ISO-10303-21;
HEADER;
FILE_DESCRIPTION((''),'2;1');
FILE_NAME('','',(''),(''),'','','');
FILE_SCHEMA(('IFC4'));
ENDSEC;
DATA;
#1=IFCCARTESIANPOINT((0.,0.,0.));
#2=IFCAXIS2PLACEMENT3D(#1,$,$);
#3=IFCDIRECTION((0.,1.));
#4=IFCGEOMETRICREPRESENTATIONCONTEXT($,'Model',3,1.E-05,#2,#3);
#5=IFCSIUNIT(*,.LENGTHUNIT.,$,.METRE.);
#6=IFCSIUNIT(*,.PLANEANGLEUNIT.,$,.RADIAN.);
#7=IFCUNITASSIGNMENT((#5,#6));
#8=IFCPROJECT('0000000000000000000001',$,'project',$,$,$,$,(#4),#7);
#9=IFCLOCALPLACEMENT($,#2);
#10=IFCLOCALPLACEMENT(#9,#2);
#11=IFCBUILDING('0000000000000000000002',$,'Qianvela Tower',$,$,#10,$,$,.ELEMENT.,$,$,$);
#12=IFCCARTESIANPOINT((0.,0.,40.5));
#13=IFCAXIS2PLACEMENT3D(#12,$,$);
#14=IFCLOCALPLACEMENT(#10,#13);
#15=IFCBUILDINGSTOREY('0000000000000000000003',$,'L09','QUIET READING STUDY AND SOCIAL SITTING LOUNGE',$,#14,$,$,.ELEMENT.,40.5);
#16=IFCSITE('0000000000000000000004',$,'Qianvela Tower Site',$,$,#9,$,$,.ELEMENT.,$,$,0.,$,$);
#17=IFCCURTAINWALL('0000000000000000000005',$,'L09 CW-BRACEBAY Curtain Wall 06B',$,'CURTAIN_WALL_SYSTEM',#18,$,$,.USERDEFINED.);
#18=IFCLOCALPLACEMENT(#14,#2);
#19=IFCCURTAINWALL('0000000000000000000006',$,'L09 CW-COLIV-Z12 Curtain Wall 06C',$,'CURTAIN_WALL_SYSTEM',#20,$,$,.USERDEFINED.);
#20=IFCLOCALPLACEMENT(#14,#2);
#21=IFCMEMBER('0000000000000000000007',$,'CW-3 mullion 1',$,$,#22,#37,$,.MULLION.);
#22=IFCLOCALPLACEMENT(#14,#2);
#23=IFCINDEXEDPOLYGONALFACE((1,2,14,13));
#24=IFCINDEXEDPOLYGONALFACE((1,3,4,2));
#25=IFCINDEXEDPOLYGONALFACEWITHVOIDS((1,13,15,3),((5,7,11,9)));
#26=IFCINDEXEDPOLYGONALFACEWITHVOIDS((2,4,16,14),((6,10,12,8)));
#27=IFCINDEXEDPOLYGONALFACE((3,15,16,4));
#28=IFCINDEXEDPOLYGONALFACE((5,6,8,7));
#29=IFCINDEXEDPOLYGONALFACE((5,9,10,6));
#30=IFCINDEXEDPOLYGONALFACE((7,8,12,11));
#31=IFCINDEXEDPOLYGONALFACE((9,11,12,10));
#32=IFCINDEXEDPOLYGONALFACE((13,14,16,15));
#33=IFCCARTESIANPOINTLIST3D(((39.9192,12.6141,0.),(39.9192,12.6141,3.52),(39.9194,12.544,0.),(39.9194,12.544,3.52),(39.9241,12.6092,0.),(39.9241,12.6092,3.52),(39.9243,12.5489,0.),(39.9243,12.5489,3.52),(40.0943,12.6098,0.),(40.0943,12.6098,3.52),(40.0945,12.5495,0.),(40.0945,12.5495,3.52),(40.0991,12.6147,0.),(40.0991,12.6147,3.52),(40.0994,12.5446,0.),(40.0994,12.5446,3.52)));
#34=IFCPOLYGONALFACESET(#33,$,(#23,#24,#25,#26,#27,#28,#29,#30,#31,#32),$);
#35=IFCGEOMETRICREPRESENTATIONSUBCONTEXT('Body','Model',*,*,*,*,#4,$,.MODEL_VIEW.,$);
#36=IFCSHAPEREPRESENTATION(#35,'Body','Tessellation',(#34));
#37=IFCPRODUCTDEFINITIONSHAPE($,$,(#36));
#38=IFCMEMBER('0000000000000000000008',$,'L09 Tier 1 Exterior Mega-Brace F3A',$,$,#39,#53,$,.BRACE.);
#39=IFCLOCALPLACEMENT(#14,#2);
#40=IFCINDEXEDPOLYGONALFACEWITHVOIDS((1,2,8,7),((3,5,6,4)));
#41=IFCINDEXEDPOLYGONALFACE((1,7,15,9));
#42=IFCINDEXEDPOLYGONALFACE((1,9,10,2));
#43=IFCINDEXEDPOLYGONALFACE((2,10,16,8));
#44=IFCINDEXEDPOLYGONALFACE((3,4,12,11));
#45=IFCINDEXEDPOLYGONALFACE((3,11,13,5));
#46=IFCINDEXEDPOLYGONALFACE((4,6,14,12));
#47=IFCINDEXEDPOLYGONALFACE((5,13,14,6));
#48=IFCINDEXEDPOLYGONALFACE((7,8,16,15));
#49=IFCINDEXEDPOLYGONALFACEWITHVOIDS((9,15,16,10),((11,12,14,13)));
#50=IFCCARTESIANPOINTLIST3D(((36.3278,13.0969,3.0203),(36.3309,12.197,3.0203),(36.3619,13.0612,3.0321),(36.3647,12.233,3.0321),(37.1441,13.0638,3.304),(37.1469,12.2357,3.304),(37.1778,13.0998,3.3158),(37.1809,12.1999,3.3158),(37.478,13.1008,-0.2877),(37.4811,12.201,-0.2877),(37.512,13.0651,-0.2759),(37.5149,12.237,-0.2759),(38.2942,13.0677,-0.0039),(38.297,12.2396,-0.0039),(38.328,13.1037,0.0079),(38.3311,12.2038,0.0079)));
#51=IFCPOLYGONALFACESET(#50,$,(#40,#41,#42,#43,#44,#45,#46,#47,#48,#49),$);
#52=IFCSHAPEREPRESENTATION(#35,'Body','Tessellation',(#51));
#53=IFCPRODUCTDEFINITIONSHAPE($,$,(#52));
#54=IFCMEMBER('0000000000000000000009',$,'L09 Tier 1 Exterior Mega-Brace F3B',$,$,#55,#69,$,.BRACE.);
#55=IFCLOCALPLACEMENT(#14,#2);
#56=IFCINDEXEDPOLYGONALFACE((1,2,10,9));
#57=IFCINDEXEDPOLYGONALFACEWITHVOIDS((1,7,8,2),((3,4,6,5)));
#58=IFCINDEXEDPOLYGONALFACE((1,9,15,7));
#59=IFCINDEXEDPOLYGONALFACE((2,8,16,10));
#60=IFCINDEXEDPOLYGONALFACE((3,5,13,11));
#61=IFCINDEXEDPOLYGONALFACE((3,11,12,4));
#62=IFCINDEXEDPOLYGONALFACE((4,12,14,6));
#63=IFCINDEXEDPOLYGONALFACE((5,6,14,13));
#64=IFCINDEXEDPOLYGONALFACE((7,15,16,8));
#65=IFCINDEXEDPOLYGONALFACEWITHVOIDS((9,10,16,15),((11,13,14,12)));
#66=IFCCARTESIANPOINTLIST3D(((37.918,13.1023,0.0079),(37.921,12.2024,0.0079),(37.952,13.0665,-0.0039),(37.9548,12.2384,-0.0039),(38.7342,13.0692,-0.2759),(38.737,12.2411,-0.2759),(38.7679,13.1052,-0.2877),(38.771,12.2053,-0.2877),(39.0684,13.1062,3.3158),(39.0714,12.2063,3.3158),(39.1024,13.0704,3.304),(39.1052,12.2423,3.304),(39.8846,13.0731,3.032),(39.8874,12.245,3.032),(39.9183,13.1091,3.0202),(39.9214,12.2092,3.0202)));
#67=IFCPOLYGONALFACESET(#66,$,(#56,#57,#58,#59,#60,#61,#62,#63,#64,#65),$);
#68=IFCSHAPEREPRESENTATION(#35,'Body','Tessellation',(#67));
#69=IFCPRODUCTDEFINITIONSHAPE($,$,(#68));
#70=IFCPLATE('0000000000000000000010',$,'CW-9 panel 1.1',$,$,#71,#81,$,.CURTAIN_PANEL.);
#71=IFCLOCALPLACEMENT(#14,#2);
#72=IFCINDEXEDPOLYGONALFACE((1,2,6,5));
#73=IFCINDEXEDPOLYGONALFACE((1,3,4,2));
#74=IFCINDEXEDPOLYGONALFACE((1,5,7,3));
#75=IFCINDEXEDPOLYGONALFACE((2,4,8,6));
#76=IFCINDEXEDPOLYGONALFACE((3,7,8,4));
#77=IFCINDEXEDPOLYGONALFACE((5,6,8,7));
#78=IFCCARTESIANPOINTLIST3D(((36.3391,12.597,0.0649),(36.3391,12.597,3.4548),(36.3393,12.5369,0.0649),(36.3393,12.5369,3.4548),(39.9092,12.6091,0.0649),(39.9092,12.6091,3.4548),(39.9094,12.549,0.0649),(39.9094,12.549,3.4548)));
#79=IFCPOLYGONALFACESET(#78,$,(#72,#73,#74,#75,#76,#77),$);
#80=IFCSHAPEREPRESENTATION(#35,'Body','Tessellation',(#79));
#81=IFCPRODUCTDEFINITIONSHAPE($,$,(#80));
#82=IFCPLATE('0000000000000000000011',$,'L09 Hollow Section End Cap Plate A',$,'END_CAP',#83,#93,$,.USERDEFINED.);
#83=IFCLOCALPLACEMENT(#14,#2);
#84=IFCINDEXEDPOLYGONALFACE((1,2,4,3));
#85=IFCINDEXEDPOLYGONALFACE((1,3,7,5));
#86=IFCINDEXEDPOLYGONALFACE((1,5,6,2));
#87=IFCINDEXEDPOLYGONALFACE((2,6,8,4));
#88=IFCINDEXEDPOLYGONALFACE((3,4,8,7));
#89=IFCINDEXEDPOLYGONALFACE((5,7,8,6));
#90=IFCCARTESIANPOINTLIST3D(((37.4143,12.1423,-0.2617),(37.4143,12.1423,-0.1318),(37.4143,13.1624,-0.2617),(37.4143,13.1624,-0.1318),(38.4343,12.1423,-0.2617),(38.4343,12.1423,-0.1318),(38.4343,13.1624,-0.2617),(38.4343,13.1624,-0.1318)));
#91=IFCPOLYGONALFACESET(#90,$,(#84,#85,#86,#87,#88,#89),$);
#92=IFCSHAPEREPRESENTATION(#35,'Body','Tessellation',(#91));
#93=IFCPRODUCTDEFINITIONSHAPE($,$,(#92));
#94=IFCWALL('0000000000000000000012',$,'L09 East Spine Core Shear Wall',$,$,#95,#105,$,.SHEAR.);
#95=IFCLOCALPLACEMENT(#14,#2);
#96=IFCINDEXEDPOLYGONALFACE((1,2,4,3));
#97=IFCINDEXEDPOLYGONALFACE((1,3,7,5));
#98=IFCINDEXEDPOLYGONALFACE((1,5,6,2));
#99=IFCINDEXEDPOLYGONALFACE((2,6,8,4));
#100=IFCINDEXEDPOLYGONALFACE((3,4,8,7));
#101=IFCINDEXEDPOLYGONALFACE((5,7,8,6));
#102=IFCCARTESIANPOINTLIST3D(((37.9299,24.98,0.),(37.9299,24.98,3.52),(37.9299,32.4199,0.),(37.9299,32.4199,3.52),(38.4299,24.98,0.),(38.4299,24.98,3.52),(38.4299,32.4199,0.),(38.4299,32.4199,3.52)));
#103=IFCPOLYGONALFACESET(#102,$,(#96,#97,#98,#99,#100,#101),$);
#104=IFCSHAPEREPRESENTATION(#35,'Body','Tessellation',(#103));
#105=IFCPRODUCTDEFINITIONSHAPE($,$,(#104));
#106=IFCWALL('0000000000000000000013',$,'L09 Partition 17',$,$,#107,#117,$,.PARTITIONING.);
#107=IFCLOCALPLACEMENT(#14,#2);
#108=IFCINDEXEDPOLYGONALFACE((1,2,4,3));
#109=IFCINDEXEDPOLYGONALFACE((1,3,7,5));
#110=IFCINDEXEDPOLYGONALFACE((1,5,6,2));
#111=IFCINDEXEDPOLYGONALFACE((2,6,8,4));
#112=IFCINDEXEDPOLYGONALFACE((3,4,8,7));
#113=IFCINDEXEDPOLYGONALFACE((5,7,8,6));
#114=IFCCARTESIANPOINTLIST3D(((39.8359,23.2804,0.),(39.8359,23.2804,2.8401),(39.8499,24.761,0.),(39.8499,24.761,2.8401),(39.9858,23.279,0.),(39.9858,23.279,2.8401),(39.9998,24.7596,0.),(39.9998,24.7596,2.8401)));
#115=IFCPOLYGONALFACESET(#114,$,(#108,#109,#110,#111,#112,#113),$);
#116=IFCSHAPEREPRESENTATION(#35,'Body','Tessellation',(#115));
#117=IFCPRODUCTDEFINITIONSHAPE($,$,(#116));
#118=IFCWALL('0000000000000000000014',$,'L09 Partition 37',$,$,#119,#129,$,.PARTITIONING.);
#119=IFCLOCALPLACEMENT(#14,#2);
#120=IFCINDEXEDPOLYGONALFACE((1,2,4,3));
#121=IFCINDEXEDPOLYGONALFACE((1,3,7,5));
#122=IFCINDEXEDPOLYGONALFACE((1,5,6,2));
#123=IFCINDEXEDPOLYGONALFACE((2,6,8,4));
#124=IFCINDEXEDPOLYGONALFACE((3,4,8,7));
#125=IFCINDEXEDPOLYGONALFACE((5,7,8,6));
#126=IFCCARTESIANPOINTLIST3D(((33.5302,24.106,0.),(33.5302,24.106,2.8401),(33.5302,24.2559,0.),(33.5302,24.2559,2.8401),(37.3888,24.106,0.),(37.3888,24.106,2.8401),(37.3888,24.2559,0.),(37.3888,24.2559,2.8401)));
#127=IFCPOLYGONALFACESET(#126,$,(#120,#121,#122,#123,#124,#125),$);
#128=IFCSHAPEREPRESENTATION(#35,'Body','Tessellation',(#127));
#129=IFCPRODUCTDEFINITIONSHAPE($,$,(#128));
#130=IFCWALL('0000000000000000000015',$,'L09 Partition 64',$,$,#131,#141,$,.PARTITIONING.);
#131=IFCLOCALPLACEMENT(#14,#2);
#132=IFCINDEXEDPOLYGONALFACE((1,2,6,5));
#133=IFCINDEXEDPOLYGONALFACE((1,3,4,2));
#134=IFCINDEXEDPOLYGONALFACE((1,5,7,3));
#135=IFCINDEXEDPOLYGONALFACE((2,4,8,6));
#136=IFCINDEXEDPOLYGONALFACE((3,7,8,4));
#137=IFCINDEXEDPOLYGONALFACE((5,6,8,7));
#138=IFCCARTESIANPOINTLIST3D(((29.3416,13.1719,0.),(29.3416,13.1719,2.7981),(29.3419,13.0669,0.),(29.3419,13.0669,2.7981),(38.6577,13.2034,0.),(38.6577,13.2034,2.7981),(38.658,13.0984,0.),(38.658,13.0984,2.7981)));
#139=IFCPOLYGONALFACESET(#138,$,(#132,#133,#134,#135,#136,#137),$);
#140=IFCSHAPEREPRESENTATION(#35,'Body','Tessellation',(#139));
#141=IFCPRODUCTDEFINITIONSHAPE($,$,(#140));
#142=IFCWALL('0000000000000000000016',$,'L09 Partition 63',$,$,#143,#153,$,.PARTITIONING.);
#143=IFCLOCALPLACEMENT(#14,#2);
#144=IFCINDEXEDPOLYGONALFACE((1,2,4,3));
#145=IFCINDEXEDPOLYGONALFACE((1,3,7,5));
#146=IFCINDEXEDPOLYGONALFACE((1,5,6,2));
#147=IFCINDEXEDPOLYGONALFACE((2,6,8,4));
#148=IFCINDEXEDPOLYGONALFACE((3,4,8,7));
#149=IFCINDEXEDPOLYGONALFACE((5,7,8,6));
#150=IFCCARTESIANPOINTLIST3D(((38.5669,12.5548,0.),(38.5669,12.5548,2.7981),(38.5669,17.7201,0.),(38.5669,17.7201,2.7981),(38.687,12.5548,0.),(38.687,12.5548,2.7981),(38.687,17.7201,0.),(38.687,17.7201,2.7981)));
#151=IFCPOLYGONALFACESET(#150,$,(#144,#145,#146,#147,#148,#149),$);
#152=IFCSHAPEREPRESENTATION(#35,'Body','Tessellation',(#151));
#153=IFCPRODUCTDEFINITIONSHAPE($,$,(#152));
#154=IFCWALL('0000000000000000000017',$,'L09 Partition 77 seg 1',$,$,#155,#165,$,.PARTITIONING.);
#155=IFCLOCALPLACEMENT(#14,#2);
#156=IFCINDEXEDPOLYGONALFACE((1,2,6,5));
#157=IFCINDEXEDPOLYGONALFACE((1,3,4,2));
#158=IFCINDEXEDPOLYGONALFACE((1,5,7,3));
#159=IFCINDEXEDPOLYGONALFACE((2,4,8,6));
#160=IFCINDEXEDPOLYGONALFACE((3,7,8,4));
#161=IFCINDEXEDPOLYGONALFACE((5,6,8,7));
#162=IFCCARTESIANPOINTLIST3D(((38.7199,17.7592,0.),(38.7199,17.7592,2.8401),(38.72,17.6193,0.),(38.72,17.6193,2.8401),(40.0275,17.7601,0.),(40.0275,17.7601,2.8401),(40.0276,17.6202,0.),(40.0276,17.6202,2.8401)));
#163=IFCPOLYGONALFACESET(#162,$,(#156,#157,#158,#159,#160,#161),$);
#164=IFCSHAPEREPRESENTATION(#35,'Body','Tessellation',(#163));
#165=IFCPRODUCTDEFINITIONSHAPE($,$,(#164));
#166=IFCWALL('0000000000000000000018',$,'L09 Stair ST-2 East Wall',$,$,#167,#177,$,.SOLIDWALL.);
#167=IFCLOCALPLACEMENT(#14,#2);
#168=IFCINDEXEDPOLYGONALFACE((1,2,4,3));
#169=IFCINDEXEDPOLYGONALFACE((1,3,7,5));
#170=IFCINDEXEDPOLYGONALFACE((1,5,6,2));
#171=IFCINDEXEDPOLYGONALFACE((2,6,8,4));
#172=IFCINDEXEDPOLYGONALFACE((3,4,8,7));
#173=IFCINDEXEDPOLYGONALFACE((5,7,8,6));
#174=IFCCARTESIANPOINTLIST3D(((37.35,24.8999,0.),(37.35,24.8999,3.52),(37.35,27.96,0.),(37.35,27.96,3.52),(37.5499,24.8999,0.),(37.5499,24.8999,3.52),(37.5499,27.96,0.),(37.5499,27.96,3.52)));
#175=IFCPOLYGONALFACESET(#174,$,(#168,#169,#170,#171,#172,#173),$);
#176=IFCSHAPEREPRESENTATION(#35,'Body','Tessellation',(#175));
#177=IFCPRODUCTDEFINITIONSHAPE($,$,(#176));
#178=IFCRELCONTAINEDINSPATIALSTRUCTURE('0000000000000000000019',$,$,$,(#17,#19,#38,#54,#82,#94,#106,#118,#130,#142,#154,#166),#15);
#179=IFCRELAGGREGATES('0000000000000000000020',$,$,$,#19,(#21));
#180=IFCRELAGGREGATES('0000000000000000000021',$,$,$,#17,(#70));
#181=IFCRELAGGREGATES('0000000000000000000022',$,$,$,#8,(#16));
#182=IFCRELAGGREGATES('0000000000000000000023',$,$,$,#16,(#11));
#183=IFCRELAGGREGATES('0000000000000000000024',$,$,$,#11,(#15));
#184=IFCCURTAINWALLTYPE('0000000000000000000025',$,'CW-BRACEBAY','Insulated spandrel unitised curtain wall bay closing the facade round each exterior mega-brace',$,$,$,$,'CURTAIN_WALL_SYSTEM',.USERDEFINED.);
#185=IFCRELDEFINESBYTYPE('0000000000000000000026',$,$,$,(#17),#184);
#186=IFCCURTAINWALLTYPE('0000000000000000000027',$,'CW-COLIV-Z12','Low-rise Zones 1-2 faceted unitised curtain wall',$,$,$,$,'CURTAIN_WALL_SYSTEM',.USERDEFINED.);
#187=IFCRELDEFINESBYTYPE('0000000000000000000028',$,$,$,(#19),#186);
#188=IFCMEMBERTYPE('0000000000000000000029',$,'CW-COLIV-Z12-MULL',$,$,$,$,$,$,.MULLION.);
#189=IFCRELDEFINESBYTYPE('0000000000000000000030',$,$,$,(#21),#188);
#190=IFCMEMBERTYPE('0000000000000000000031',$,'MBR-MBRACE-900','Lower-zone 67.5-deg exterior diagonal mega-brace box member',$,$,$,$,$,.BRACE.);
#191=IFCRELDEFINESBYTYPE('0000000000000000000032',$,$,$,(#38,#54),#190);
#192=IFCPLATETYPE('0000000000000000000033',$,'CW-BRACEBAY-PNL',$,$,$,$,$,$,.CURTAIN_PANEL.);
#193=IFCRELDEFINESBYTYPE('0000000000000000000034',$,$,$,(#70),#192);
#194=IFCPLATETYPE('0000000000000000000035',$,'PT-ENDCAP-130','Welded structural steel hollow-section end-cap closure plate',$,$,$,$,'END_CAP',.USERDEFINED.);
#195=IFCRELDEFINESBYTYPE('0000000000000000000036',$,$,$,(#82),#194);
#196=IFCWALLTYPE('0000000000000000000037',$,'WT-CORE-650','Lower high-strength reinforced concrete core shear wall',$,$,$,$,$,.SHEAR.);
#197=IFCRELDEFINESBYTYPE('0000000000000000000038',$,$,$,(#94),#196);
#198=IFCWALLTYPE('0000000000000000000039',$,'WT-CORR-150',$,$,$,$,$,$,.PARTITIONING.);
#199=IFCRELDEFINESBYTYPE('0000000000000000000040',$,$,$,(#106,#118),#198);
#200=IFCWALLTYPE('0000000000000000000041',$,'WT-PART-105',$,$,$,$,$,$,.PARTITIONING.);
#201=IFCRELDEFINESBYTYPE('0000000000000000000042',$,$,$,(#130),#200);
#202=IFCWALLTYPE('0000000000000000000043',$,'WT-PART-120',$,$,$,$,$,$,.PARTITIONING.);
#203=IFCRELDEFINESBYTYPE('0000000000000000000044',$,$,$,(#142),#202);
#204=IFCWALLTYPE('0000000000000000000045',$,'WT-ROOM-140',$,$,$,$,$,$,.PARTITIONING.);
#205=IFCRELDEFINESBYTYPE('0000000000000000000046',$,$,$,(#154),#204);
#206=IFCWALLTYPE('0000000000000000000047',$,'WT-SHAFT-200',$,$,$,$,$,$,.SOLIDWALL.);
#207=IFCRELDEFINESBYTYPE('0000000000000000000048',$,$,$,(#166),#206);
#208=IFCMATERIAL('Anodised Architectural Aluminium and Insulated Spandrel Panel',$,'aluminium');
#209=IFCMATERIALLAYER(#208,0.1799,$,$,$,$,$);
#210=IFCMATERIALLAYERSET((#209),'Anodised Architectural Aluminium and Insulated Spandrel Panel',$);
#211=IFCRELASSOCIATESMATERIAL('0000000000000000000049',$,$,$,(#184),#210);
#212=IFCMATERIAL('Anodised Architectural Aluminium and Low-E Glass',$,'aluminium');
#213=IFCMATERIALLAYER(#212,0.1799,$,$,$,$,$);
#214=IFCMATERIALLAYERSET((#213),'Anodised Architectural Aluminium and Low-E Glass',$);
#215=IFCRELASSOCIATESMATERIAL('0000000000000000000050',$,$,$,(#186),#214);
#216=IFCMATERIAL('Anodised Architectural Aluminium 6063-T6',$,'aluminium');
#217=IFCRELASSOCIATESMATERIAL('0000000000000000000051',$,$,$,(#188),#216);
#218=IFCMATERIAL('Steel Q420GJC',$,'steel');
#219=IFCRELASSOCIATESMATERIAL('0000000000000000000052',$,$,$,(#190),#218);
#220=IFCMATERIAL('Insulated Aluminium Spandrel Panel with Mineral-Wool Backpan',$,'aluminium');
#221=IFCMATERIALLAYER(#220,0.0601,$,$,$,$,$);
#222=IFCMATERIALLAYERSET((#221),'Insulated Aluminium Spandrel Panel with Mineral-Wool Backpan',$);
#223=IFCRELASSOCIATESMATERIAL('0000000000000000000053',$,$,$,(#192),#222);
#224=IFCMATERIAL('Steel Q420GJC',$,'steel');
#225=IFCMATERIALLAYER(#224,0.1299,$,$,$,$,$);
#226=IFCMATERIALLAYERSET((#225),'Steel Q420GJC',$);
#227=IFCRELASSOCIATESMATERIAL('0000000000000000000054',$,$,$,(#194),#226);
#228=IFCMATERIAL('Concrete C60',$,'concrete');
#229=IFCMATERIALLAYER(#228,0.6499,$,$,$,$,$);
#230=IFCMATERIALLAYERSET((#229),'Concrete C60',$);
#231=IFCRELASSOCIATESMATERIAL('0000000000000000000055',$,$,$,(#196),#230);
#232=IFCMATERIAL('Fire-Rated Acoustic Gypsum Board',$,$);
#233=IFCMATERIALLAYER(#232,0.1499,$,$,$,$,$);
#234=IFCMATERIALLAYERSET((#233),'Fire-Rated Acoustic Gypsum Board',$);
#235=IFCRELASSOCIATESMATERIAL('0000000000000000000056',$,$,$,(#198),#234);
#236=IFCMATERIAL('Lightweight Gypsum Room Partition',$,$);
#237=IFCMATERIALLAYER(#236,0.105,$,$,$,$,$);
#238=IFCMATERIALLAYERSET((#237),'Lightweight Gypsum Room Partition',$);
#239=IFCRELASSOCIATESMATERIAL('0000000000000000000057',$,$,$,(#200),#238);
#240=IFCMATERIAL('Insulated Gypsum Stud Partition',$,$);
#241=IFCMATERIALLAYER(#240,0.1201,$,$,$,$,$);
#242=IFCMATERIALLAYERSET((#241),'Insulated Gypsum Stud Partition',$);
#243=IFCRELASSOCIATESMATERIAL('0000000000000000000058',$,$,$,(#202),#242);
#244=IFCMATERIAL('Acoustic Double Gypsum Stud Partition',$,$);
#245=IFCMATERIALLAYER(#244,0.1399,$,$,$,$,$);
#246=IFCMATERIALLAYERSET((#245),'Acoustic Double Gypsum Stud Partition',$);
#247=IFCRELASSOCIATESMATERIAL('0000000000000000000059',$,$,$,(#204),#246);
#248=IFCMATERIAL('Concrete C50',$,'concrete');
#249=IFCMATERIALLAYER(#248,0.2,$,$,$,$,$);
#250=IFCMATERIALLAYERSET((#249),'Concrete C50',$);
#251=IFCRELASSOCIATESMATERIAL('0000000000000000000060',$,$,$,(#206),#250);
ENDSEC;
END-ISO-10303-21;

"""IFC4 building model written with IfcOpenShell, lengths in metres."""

from ifc_helpers import new_model, si_unit, direction, frame, frame_2d, origin, origin_2d, place, context, subcontext, project, spatial, rectangle, hollow_rectangle, extrude, material, layer, layer_set, material_profile, profile_set, type_object, element, aggregate, save


model = new_model("IFC4")

# Units and contexts
model_context = context("Model", 3, precision=1e-05, world=origin(), true_north=direction((0.0, 1.0)))
body_context = subcontext(model_context, "Body", "Model", "MODEL_VIEW")
ifc_project = project(units=[si_unit("LENGTHUNIT", "METRE"), si_unit("PLANEANGLEUNIT", "RADIAN")], contexts=[model_context])

# Site, building, storey
site_placement = place(None, origin())
site = spatial("IfcSite", under=ifc_project, at=site_placement, Name="Qianvela Tower Site", CompositionType="ELEMENT", RefElevation=0.0)
building_placement = place(site_placement, origin())
building = spatial("IfcBuilding", under=site, at=building_placement, Name="Qianvela Tower", CompositionType="ELEMENT")
storey_placement = place(building_placement, frame((0.0, 0.0, 40.5)))
storey = spatial("IfcBuildingStorey", under=building, at=storey_placement, Name="L09", Description="QUIET READING STUDY AND SOCIAL SITTING LOUNGE", CompositionType="ELEMENT", Elevation=40.5)

# Curtain wall
ifc_material_1 = material(Name="Anodised Architectural Aluminium and Insulated Spandrel Panel", Category="aluminium")
ifc_layer_1 = layer(ifc_material_1, 0.1799)
ifc_layer_set_1 = layer_set([ifc_layer_1], Name="Anodised Architectural Aluminium and Insulated Spandrel Panel")
curtain_wall_type_1 = type_object("IfcCurtainWallType", Name="CW-BRACEBAY", Description="Insulated spandrel unitised curtain wall bay closing the facade round each exterior mega-brace", ElementType="CURTAIN_WALL_SYSTEM", PredefinedType="USERDEFINED", material=ifc_layer_set_1)
curtain_wall_1_placement = place(storey_placement, origin())
curtain_wall_1 = element("IfcCurtainWall", 1, at=curtain_wall_1_placement, inside=storey, type_object=curtain_wall_type_1, Name="L09 CW-BRACEBAY Curtain Wall 06B", ObjectType="CURTAIN_WALL_SYSTEM", PredefinedType="USERDEFINED")

# Curtain wall, member
ifc_material_2 = material(Name="Anodised Architectural Aluminium and Low-E Glass", Category="aluminium")
ifc_layer_2 = layer(ifc_material_2, 0.1799)
ifc_layer_set_2 = layer_set([ifc_layer_2], Name="Anodised Architectural Aluminium and Low-E Glass")
curtain_wall_type_2 = type_object("IfcCurtainWallType", Name="CW-COLIV-Z12", Description="Low-rise Zones 1-2 faceted unitised curtain wall", ElementType="CURTAIN_WALL_SYSTEM", PredefinedType="USERDEFINED", material=ifc_layer_set_2)
ifc_material_3 = material(Name="Anodised Architectural Aluminium 6063-T6", Category="aluminium")
ifc_material_profile_1 = material_profile(ifc_material_3, hollow_rectangle(XDim=0.0701, YDim=0.1799, WallThickness=0.0049, at=origin_2d()), Name="ALU-MULL-70x180")
ifc_profile_set_1 = profile_set([ifc_material_profile_1], Name="Anodised Architectural Aluminium 6063-T6")
member_type_1 = type_object("IfcMemberType", Name="CW-COLIV-Z12-MULL", PredefinedType="MULLION", material=ifc_profile_set_1)
curtain_wall_2_placement = place(storey_placement, origin())
curtain_wall_2 = element("IfcCurtainWall", 2, at=curtain_wall_2_placement, inside=storey, type_object=curtain_wall_type_2, Name="L09 CW-COLIV-Z12 Curtain Wall 06C", ObjectType="CURTAIN_WALL_SYSTEM", PredefinedType="USERDEFINED")
member_1_placement = place(storey_placement, frame((40.0093, 12.5793, 0.0), z_axis=(0.0, 0.0, 1.0), x_axis=(-0.003362, 0.999994, 0.0)))
member_1 = element("IfcMember", 3, at=member_1_placement, type_object=member_type_1, Name="CW-3 mullion 1", PredefinedType="MULLION", context=body_context, shape_type="SweptSolid", body=[
    extrude(hollow_rectangle(XDim=0.0701, YDim=0.1799, WallThickness=0.0049, at=origin_2d()), origin(), (0.0, 0.0, 1.0), 3.52),
])
aggregate(curtain_wall_2, [member_1])

# Members
ifc_material_4 = material(Name="Steel Q420GJC", Category="steel")
ifc_material_profile_2 = material_profile(ifc_material_4, hollow_rectangle(XDim=0.8999, YDim=0.8999, WallThickness=0.0359, at=origin_2d()), Name="MBOX-900x900x36")
ifc_profile_set_2 = profile_set([ifc_material_profile_2], Name="Steel Q420GJC")
member_type_2 = type_object("IfcMemberType", Name="MBR-MBRACE-900", Description="Lower-zone 67.5-deg exterior diagonal mega-brace box member", PredefinedType="BRACE", material=ifc_profile_set_2)
for number, where, z_axis, x_axis, name in (
    (4, (37.9045, 12.6523, -0.1399), (-0.328415, -0.001115, 0.944533), (0.003396, -0.999994, 0.0), "L09 Tier 1 Exterior Mega-Brace F3A"),
    (5, (38.3445, 12.6538, -0.1399), (0.328477, 0.001115, 0.944511), (-0.003396, 0.999994, 0.0), "L09 Tier 1 Exterior Mega-Brace F3B"),
):
    element("IfcMember", number, at=place(storey_placement, frame(where, z_axis=z_axis, x_axis=x_axis)), inside=storey, type_object=member_type_2, Name=name, PredefinedType="BRACE", context=body_context, shape_type="SweptSolid", body=[
        extrude(hollow_rectangle(XDim=0.8999, YDim=0.8999, WallThickness=0.0359, at=origin_2d()), origin(), (0.0, 0.0, 1.0), 3.5022),
    ])

# Plates
ifc_material_5 = material(Name="Insulated Aluminium Spandrel Panel with Mineral-Wool Backpan", Category="aluminium")
ifc_layer_3 = layer(ifc_material_5, 0.0601)
ifc_layer_set_3 = layer_set([ifc_layer_3], Name="Insulated Aluminium Spandrel Panel with Mineral-Wool Backpan")
plate_type_1 = type_object("IfcPlateType", Name="CW-BRACEBAY-PNL", PredefinedType="CURTAIN_PANEL", material=ifc_layer_set_3)
plate_1_placement = place(storey_placement, frame((38.1243, 12.573, 0.0649), z_axis=(0.0, 0.0, 1.0), x_axis=(0.999994, 0.003378, 0.0)))
plate_1 = element("IfcPlate", 6, at=plate_1_placement, type_object=plate_type_1, Name="CW-9 panel 1.1", PredefinedType="CURTAIN_PANEL", context=body_context, shape_type="SweptSolid", body=[
    extrude(rectangle(XDim=3.5701, YDim=0.0601, at=origin_2d()), origin(), (0.0, 0.0, 1.0), 3.3899),
])
aggregate(curtain_wall_1, [plate_1])
ifc_material_6 = material(Name="Steel Q420GJC", Category="steel")
ifc_layer_4 = layer(ifc_material_6, 0.1299)
ifc_layer_set_4 = layer_set([ifc_layer_4], Name="Steel Q420GJC")
plate_type_2 = type_object("IfcPlateType", Name="PT-ENDCAP-130", Description="Welded structural steel hollow-section end-cap closure plate", ElementType="END_CAP", PredefinedType="USERDEFINED", material=ifc_layer_set_4)
plate_2_placement = place(storey_placement, frame((37.9243, 12.6523, -0.2617), z_axis=(0.0, 0.0, 1.0), x_axis=(1.0, 0.0, 0.0)))
element("IfcPlate", 7, at=plate_2_placement, inside=storey, type_object=plate_type_2, Name="L09 Hollow Section End Cap Plate A", ObjectType="END_CAP", PredefinedType="USERDEFINED", context=body_context, shape_type="SweptSolid", body=[
    extrude(rectangle(XDim=1.02, YDim=1.02, at=origin_2d()), origin(), (0.0, 0.0, 1.0), 0.1299),
])

# Walls
ifc_material_7 = material(Name="Concrete C60", Category="concrete")
ifc_layer_5 = layer(ifc_material_7, 0.6499)
ifc_layer_set_5 = layer_set([ifc_layer_5], Name="Concrete C60")
wall_type_1 = type_object("IfcWallType", Name="WT-CORE-650", Description="Lower high-strength reinforced concrete core shear wall", PredefinedType="SHEAR", material=ifc_layer_set_5)
wall_1_placement = place(storey_placement, frame((38.1799, 24.98, 0.0), z_axis=(0.0, 0.0, 1.0), x_axis=(0.0, 1.0, 0.0)))
element("IfcWall", 8, at=wall_1_placement, inside=storey, type_object=wall_type_1, Name="L09 East Spine Core Shear Wall", PredefinedType="SHEAR", context=body_context, shape_type="SweptSolid", body=[
    extrude(rectangle(XDim=7.4399, YDim=0.5, at=frame_2d((3.72, 0.0))), origin(), (0.0, 0.0, 1.0), 3.52),
])
ifc_material_8 = material(Name="Fire-Rated Acoustic Gypsum Board")
ifc_layer_6 = layer(ifc_material_8, 0.1499)
ifc_layer_set_6 = layer_set([ifc_layer_6], Name="Fire-Rated Acoustic Gypsum Board")
wall_type_2 = type_object("IfcWallType", Name="WT-CORR-150", PredefinedType="PARTITIONING", material=ifc_layer_set_6)
wall_2_placement = place(storey_placement, frame((39.9109, 23.2798, 0.0), z_axis=(0.0, 0.0, 1.0), x_axis=(0.009398, 0.999956, 0.0)))
element("IfcWall", 9, at=wall_2_placement, inside=storey, type_object=wall_type_2, Name="L09 Partition 17", PredefinedType="PARTITIONING", context=body_context, shape_type="SweptSolid", body=[
    extrude(rectangle(XDim=1.4807, YDim=0.1499, at=frame_2d((0.7402, 0.0))), origin(), (0.0, 0.0, 1.0), 2.8401),
])
wall_3_placement = place(storey_placement, frame((37.3887, 24.1809, 0.0), z_axis=(0.0, 0.0, 1.0), x_axis=(-1.0, 0.0, 0.0)))
element("IfcWall", 10, at=wall_3_placement, inside=storey, type_object=wall_type_2, Name="L09 Partition 37", PredefinedType="PARTITIONING", context=body_context, shape_type="SweptSolid", body=[
    extrude(rectangle(XDim=3.8586, YDim=0.1499, at=frame_2d((1.9292, 0.0))), origin(), (0.0, 0.0, 1.0), 2.8401),
])
ifc_material_9 = material(Name="Lightweight Gypsum Room Partition")
ifc_layer_7 = layer(ifc_material_9, 0.105)
ifc_layer_set_7 = layer_set([ifc_layer_7], Name="Lightweight Gypsum Room Partition")
wall_type_3 = type_object("IfcWallType", Name="WT-PART-105", PredefinedType="PARTITIONING", material=ifc_layer_set_7)
wall_4_placement = place(storey_placement, frame((38.658, 13.1509, 0.0), z_axis=(0.0, 0.0, 1.0), x_axis=(-0.999994, -0.003381, 0.0)))
element("IfcWall", 11, at=wall_4_placement, inside=storey, type_object=wall_type_3, Name="L09 Partition 64", PredefinedType="PARTITIONING", context=body_context, shape_type="SweptSolid", body=[
    extrude(rectangle(XDim=9.3162, YDim=0.105, at=frame_2d((4.6582, 0.0))), origin(), (0.0, 0.0, 1.0), 2.7981),
])
ifc_material_10 = material(Name="Insulated Gypsum Stud Partition")
ifc_layer_8 = layer(ifc_material_10, 0.1201)
ifc_layer_set_8 = layer_set([ifc_layer_8], Name="Insulated Gypsum Stud Partition")
wall_type_4 = type_object("IfcWallType", Name="WT-PART-120", PredefinedType="PARTITIONING", material=ifc_layer_set_8)
wall_5_placement = place(storey_placement, frame((38.627, 17.72, 0.0), z_axis=(0.0, 0.0, 1.0), x_axis=(0.0, -1.0, 0.0)))
element("IfcWall", 12, at=wall_5_placement, inside=storey, type_object=wall_type_4, Name="L09 Partition 63", PredefinedType="PARTITIONING", context=body_context, shape_type="SweptSolid", body=[
    extrude(rectangle(XDim=5.1653, YDim=0.1201, at=frame_2d((2.5825, 0.0))), origin(), (0.0, 0.0, 1.0), 2.7981),
])
ifc_material_11 = material(Name="Acoustic Double Gypsum Stud Partition")
ifc_layer_9 = layer(ifc_material_11, 0.1399)
ifc_layer_set_9 = layer_set([ifc_layer_9], Name="Acoustic Double Gypsum Stud Partition")
wall_type_5 = type_object("IfcWallType", Name="WT-ROOM-140", PredefinedType="PARTITIONING", material=ifc_layer_set_9)
wall_6_placement = place(storey_placement, frame((38.72, 17.6892, 0.0), z_axis=(0.0, 0.0, 1.0), x_axis=(1.0, 0.000747, 0.0)))
element("IfcWall", 13, at=wall_6_placement, inside=storey, type_object=wall_type_5, Name="L09 Partition 77 seg 1", PredefinedType="PARTITIONING", context=body_context, shape_type="SweptSolid", body=[
    extrude(rectangle(XDim=1.3076, YDim=0.1399, at=frame_2d((0.6538, 0.0))), origin(), (0.0, 0.0, 1.0), 2.8401),
])
ifc_material_12 = material(Name="Concrete C50", Category="concrete")
ifc_layer_10 = layer(ifc_material_12, 0.2)
ifc_layer_set_10 = layer_set([ifc_layer_10], Name="Concrete C50")
wall_type_6 = type_object("IfcWallType", Name="WT-SHAFT-200", PredefinedType="SOLIDWALL", material=ifc_layer_set_10)
wall_7_placement = place(storey_placement, frame((37.45, 24.8999, 0.0), z_axis=(0.0, 0.0, 1.0), x_axis=(0.0, 1.0, 0.0)))
element("IfcWall", 14, at=wall_7_placement, inside=storey, type_object=wall_type_6, Name="L09 Stair ST-2 East Wall", PredefinedType="SOLIDWALL", context=body_context, shape_type="SweptSolid", body=[
    extrude(rectangle(XDim=3.0601, YDim=0.2, at=frame_2d((1.53, 0.0))), origin(), (0.0, 0.0, 1.0), 3.52),
])

save(model, "model.ifc")
